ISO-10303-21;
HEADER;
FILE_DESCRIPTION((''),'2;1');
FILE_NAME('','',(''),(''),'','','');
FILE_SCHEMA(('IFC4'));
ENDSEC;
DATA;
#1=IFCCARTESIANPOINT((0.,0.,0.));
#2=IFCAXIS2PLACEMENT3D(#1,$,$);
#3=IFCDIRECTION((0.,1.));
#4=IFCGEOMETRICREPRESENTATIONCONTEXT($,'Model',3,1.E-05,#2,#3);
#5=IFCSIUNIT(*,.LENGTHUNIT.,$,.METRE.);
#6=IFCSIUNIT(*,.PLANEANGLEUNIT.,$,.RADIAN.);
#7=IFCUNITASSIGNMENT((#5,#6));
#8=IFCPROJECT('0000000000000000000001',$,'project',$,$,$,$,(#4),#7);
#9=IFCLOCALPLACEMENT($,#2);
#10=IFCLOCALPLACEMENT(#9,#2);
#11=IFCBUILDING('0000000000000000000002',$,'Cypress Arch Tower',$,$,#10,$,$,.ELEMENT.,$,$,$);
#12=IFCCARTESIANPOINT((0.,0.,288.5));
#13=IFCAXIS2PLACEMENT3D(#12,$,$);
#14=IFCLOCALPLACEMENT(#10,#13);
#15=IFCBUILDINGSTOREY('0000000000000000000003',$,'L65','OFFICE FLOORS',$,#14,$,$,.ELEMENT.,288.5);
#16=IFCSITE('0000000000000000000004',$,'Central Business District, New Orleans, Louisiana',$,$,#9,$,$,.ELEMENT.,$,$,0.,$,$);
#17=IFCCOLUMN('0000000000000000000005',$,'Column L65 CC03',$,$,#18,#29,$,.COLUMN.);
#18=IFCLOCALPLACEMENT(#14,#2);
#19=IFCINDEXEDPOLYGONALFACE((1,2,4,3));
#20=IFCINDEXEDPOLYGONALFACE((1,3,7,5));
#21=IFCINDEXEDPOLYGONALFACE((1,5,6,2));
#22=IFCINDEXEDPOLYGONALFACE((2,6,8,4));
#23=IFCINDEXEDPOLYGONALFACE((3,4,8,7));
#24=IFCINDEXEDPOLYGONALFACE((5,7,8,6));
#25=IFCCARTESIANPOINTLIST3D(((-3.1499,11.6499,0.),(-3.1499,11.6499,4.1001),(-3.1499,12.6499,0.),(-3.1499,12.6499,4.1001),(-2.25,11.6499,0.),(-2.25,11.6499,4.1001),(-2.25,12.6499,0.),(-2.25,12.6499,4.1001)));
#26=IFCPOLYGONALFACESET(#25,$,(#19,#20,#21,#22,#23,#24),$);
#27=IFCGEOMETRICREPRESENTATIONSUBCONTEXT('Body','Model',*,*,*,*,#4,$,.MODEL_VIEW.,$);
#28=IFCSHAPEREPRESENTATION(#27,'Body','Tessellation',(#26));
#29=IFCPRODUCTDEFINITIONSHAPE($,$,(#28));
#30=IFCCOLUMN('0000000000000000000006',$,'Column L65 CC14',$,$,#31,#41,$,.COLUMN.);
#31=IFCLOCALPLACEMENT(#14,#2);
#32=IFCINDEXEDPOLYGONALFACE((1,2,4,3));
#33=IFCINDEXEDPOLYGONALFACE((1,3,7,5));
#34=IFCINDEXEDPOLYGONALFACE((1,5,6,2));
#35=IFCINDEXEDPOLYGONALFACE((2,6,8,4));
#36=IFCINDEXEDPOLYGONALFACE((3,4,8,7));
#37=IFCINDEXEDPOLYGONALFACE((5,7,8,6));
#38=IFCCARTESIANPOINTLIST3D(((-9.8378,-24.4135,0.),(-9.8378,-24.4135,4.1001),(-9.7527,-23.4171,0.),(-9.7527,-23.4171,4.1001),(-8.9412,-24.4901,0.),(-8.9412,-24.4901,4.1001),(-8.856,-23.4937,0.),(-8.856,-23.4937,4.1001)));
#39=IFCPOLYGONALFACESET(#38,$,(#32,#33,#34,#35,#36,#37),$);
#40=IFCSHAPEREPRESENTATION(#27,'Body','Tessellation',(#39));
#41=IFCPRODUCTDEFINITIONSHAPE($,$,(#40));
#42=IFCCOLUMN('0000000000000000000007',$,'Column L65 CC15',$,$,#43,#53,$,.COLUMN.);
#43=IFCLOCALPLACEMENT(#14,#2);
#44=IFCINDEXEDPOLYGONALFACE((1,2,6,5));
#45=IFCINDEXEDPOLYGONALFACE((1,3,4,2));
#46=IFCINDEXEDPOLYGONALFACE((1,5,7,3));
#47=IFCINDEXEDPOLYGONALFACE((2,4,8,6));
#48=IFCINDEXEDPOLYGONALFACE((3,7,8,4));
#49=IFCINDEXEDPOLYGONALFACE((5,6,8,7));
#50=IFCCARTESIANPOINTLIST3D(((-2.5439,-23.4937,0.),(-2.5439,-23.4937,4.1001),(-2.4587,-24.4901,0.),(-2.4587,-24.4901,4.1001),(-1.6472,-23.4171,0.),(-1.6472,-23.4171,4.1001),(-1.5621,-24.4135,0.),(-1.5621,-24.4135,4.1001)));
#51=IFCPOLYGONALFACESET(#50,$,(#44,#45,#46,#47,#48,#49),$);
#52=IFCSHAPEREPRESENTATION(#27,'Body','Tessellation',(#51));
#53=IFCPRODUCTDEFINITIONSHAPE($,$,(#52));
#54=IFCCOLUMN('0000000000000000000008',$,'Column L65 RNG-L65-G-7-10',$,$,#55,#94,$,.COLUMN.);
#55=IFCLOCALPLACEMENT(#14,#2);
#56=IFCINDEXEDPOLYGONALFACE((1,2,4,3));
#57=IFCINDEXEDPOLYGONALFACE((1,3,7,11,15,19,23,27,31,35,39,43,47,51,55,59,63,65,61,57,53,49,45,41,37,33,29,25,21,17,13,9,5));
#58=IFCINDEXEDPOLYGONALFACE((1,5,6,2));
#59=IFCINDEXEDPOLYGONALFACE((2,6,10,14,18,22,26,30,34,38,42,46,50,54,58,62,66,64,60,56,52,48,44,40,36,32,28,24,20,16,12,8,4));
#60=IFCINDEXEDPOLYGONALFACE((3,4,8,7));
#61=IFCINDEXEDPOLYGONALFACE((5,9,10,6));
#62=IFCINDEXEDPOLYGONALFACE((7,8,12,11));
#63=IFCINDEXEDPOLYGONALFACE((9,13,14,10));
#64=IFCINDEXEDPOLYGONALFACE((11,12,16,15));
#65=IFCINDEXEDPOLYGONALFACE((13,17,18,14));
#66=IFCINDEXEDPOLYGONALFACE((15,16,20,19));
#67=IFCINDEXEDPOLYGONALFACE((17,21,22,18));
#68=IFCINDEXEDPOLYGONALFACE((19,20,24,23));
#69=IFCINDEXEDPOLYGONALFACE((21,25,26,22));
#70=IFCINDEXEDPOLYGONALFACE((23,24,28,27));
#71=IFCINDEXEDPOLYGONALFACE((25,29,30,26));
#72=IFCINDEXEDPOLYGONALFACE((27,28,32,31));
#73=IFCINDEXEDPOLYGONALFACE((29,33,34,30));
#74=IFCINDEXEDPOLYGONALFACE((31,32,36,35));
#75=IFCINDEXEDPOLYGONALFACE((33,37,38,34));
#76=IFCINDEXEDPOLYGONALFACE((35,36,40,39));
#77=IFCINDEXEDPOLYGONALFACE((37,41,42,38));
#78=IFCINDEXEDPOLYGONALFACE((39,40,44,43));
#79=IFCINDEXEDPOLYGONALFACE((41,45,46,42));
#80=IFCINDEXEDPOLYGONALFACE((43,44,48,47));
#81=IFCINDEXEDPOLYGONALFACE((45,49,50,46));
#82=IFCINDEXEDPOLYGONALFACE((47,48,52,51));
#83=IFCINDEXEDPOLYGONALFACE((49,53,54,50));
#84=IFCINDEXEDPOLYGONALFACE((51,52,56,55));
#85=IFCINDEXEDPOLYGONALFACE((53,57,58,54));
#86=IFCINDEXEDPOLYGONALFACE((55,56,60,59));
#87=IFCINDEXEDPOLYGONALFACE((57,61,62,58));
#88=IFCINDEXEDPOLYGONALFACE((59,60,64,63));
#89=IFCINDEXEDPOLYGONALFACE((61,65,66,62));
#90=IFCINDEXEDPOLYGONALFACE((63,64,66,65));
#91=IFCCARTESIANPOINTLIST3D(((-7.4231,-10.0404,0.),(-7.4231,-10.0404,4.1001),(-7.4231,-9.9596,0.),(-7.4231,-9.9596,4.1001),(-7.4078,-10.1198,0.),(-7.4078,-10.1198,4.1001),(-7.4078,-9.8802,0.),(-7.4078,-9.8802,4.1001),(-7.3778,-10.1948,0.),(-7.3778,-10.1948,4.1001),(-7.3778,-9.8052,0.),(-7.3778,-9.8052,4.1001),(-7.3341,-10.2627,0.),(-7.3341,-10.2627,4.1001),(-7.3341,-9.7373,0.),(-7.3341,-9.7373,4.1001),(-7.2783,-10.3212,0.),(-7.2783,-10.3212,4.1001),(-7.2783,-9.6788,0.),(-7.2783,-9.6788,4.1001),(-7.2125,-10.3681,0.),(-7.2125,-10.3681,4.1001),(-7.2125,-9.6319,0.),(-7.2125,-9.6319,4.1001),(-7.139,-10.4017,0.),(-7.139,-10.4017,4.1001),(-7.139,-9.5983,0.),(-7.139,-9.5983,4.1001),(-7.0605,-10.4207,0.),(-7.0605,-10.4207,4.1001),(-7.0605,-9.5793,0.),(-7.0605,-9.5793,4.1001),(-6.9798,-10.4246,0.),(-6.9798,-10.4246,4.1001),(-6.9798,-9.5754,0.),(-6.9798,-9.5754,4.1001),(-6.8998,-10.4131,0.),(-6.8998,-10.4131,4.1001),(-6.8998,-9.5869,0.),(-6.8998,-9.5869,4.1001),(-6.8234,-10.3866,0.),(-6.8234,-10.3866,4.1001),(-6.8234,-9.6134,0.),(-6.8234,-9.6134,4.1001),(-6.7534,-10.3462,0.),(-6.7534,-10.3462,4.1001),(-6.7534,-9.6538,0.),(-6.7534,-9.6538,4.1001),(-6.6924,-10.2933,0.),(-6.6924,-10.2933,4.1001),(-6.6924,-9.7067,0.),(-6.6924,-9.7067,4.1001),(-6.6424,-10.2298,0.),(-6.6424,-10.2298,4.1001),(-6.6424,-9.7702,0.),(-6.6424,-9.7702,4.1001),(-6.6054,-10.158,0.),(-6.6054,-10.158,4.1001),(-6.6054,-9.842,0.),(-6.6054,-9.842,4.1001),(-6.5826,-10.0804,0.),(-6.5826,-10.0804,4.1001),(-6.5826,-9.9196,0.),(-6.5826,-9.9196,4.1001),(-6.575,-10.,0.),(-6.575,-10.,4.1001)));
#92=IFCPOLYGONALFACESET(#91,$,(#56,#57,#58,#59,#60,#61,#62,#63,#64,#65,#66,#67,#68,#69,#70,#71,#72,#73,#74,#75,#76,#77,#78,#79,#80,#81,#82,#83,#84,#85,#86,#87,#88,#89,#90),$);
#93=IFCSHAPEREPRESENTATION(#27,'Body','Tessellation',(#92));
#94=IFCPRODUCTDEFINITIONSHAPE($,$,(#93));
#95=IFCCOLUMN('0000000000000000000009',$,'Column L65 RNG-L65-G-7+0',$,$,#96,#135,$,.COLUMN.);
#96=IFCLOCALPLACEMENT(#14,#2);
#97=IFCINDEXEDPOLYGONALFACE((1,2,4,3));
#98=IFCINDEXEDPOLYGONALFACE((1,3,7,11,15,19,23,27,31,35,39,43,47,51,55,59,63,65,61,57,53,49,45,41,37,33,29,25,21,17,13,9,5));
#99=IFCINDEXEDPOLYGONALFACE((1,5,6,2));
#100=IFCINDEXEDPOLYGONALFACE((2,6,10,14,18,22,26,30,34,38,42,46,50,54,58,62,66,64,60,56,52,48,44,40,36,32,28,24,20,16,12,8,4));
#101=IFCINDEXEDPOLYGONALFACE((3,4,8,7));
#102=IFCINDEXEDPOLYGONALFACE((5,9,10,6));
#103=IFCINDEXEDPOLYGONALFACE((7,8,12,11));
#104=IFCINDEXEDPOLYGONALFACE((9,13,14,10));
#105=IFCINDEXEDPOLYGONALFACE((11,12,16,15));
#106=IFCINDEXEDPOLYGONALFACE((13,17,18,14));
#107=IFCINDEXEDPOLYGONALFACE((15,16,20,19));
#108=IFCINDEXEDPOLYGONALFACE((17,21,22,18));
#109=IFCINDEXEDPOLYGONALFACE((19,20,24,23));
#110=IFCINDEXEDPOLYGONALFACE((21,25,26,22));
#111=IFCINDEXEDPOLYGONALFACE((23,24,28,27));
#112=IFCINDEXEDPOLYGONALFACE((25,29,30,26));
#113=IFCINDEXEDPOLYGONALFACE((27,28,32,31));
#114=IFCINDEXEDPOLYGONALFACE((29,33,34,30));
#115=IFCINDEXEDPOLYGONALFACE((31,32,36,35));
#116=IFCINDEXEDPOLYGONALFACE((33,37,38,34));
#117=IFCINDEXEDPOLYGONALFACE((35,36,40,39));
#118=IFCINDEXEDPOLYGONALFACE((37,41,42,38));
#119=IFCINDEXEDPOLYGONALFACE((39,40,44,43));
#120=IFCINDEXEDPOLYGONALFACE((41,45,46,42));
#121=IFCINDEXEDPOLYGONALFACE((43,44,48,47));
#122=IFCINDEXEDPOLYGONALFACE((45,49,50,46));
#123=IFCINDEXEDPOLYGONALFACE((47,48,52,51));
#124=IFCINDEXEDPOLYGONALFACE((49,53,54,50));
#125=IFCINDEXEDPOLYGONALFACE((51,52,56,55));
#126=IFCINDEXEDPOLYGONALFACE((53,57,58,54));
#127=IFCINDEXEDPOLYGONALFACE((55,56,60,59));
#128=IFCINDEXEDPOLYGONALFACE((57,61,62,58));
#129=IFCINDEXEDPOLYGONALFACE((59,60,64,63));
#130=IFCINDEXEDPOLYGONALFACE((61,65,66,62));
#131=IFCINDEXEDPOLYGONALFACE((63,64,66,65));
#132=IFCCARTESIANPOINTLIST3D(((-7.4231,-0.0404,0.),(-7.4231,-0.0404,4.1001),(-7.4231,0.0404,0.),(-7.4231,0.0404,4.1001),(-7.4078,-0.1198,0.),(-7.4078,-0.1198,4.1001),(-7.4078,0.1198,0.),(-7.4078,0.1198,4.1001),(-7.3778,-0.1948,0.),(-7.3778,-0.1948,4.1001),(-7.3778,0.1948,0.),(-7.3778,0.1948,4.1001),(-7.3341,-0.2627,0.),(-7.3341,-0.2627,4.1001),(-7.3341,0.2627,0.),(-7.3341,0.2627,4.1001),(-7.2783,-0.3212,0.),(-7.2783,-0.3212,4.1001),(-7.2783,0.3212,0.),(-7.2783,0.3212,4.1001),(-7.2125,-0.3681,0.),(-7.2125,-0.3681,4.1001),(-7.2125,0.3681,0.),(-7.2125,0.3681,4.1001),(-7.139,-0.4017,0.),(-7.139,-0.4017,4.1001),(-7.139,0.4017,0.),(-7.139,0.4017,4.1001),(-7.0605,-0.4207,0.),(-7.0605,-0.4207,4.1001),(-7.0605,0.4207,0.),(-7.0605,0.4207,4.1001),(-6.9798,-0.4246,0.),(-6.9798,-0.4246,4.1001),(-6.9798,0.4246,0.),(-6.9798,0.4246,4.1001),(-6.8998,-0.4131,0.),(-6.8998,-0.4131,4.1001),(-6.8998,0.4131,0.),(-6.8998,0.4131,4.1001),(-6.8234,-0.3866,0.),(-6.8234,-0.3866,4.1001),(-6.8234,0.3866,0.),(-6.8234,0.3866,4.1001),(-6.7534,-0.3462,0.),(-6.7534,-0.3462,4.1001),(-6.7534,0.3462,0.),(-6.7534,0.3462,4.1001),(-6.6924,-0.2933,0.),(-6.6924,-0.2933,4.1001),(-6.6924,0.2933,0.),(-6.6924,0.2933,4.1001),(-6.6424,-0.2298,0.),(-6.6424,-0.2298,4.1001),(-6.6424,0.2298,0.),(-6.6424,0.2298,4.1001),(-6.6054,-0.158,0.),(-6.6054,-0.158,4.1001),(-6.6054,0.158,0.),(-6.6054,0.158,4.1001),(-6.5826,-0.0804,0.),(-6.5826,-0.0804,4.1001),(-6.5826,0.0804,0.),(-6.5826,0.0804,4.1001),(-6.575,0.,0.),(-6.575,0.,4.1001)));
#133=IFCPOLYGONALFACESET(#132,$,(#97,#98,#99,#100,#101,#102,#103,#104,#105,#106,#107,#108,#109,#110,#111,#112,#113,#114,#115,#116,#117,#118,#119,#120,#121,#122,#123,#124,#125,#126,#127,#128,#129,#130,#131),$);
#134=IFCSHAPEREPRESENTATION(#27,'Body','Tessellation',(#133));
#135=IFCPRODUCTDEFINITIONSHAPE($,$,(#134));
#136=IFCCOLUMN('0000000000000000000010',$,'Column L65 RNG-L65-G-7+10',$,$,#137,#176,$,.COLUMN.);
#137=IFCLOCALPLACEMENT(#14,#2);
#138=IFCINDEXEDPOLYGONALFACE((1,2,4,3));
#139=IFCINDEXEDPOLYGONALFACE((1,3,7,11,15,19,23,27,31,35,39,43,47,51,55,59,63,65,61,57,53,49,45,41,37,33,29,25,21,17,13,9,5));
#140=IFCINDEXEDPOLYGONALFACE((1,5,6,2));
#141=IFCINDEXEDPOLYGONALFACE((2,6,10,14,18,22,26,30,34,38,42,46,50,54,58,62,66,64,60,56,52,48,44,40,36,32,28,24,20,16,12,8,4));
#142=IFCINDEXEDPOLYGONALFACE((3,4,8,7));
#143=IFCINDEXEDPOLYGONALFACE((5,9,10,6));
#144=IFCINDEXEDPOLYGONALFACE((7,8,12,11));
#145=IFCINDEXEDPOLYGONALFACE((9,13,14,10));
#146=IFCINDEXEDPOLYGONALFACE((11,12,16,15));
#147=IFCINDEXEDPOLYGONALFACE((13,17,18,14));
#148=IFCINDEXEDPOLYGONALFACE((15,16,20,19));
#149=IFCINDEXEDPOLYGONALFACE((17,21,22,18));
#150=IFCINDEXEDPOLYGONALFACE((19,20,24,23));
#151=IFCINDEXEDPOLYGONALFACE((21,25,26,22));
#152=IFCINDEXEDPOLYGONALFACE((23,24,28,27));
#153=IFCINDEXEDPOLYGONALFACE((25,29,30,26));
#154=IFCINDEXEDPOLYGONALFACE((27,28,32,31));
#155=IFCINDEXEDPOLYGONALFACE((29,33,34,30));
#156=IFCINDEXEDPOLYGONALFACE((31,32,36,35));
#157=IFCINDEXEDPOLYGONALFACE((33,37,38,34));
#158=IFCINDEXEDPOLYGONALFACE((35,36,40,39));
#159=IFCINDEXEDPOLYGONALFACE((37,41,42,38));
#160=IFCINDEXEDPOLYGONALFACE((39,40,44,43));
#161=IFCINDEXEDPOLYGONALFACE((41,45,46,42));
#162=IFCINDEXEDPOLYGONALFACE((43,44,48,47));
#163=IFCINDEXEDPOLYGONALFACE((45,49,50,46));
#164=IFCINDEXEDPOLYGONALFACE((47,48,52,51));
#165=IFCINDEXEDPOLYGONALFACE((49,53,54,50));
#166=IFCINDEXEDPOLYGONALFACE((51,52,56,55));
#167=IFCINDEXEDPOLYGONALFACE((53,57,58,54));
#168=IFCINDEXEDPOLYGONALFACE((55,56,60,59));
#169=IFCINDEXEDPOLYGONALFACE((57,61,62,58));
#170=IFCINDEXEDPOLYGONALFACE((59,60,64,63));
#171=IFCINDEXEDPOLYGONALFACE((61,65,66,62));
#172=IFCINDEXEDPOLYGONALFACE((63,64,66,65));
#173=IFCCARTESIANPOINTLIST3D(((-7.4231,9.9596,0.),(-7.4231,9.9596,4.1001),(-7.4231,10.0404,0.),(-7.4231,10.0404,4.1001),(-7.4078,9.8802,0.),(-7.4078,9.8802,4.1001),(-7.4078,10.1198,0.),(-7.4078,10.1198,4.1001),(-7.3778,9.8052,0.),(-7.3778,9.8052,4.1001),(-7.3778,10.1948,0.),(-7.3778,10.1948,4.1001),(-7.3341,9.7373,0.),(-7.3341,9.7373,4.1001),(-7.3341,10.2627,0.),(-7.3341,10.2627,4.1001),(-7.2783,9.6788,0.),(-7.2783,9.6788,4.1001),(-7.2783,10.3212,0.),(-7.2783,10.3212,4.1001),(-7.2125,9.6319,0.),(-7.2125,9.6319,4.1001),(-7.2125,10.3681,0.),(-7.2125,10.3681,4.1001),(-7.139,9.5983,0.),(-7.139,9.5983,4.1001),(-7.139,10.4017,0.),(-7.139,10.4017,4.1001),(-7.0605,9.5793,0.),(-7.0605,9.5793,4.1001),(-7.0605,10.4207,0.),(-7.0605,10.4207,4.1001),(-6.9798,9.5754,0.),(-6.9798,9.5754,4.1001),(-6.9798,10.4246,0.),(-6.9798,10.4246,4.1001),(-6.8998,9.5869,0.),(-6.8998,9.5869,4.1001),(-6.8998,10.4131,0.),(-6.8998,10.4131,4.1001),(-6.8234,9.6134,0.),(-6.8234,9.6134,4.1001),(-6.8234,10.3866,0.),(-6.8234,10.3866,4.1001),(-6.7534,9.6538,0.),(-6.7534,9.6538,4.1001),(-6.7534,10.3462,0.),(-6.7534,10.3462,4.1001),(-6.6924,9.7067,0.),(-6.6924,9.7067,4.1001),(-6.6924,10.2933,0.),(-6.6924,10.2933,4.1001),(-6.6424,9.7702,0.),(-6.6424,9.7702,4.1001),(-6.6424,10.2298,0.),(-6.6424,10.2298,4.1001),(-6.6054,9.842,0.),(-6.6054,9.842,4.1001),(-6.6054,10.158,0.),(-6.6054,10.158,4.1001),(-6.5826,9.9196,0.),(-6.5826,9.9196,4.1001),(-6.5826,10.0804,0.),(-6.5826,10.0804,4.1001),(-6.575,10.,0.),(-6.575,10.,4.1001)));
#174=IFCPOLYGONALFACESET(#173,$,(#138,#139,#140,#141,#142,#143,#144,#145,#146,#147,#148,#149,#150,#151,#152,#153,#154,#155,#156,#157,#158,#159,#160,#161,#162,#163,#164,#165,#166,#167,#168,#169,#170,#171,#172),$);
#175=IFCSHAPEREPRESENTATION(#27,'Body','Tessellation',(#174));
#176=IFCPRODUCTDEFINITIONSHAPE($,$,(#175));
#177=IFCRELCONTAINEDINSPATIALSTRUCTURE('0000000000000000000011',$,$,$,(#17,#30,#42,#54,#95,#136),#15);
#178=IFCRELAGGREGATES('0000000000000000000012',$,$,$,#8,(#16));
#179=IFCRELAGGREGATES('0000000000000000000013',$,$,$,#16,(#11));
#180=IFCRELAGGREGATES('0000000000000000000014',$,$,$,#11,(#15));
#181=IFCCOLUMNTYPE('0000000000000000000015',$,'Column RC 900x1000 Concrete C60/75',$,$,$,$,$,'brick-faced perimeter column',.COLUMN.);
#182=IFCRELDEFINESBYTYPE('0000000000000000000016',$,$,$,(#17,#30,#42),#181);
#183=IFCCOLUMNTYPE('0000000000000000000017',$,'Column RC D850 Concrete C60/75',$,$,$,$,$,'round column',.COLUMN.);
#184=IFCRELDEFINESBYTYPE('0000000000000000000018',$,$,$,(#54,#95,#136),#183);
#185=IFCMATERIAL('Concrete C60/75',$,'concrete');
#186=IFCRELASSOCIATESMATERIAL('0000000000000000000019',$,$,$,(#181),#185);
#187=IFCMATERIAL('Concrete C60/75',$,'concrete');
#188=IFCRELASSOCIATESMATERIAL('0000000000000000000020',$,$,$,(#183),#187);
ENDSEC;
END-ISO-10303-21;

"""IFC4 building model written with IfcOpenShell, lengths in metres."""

from ifc_helpers import new_model, si_unit, direction, frame, origin, origin_2d, place, context, subcontext, project, spatial, rectangle, circle, extrude, material, material_profile, profile_set, type_object, element, save


model = new_model("IFC4")

# Units and contexts
model_context = context("Model", 3, precision=1e-05, world=origin(), true_north=direction((0.0, 1.0)))
body_context = subcontext(model_context, "Body", "Model", "MODEL_VIEW")
ifc_project = project(units=[si_unit("LENGTHUNIT", "METRE"), si_unit("PLANEANGLEUNIT", "RADIAN")], contexts=[model_context])

# Site, building, storey
site_placement = place(None, origin())
site = spatial("IfcSite", under=ifc_project, at=site_placement, Name="Central Business District, New Orleans, Louisiana", CompositionType="ELEMENT", RefElevation=0.0)
building_placement = place(site_placement, origin())
building = spatial("IfcBuilding", under=site, at=building_placement, Name="Cypress Arch Tower", CompositionType="ELEMENT")
storey_placement = place(building_placement, frame((0.0, 0.0, 288.5)))
storey = spatial("IfcBuildingStorey", under=building, at=storey_placement, Name="L65", Description="OFFICE FLOORS", CompositionType="ELEMENT", Elevation=288.5)

# Columns
ifc_material_1 = material(Name="Concrete C60/75", Category="concrete")
ifc_material_profile_1 = material_profile(ifc_material_1, rectangle(XDim=0.8999, YDim=1.0, at=origin_2d()), Name="RC 900x1000")
ifc_profile_set_1 = profile_set([ifc_material_profile_1], Name="Concrete C60/75")
column_type_1 = type_object("IfcColumnType", Name="Column RC 900x1000 Concrete C60/75", ElementType="brick-faced perimeter column", PredefinedType="COLUMN", material=ifc_profile_set_1)
for number, where, z_axis, x_axis, name in (
    (1, (-2.7, 12.1499, 0.0), (0.0, 0.0, 1.0), (-1.0, 0.0, 0.0), "Column L65 CC03"),
    (2, (-9.3469, -23.9536, 0.0), (0.0, 0.0, 1.0), (0.996368, -0.085149, 0.0), "Column L65 CC14"),
    (3, (-2.053, -23.9536, 0.0), (0.0, 0.0, 1.0), (0.996368, 0.085149, 0.0), "Column L65 CC15"),
):
    element("IfcColumn", number, at=place(storey_placement, frame(where, z_axis=z_axis, x_axis=x_axis)), inside=storey, type_object=column_type_1, Name=name, PredefinedType="COLUMN", context=body_context, shape_type="SweptSolid", body=[
        extrude(rectangle(XDim=0.8999, YDim=1.0, at=origin_2d()), origin(), (0.0, 0.0, 1.0), 4.1001),
    ])
ifc_material_2 = material(Name="Concrete C60/75", Category="concrete")
ifc_material_profile_2 = material_profile(ifc_material_2, circle(Radius=0.425, at=origin_2d()), Name="RC D850")
ifc_profile_set_2 = profile_set([ifc_material_profile_2], Name="Concrete C60/75")
column_type_2 = type_object("IfcColumnType", Name="Column RC D850 Concrete C60/75", ElementType="round column", PredefinedType="COLUMN", material=ifc_profile_set_2)
for number, where, z_axis, x_axis, name in (
    (4, (-7.0, -10.0, 0.0), (0.0, 0.0, 1.0), (1.0, 0.0, 0.0), "Column L65 RNG-L65-G-7-10"),
    (5, (-7.0, 0.0, 0.0), (0.0, 0.0, 1.0), (1.0, 0.0, 0.0), "Column L65 RNG-L65-G-7+0"),
    (6, (-7.0, 10.0, 0.0), (0.0, 0.0, 1.0), (1.0, 0.0, 0.0), "Column L65 RNG-L65-G-7+10"),
):
    element("IfcColumn", number, at=place(storey_placement, frame(where, z_axis=z_axis, x_axis=x_axis)), inside=storey, type_object=column_type_2, Name=name, PredefinedType="COLUMN", context=body_context, shape_type="SweptSolid", body=[
        extrude(circle(Radius=0.425, at=origin_2d()), origin(), (0.0, 0.0, 1.0), 4.1001),
    ])

save(model, "model.ifc")
